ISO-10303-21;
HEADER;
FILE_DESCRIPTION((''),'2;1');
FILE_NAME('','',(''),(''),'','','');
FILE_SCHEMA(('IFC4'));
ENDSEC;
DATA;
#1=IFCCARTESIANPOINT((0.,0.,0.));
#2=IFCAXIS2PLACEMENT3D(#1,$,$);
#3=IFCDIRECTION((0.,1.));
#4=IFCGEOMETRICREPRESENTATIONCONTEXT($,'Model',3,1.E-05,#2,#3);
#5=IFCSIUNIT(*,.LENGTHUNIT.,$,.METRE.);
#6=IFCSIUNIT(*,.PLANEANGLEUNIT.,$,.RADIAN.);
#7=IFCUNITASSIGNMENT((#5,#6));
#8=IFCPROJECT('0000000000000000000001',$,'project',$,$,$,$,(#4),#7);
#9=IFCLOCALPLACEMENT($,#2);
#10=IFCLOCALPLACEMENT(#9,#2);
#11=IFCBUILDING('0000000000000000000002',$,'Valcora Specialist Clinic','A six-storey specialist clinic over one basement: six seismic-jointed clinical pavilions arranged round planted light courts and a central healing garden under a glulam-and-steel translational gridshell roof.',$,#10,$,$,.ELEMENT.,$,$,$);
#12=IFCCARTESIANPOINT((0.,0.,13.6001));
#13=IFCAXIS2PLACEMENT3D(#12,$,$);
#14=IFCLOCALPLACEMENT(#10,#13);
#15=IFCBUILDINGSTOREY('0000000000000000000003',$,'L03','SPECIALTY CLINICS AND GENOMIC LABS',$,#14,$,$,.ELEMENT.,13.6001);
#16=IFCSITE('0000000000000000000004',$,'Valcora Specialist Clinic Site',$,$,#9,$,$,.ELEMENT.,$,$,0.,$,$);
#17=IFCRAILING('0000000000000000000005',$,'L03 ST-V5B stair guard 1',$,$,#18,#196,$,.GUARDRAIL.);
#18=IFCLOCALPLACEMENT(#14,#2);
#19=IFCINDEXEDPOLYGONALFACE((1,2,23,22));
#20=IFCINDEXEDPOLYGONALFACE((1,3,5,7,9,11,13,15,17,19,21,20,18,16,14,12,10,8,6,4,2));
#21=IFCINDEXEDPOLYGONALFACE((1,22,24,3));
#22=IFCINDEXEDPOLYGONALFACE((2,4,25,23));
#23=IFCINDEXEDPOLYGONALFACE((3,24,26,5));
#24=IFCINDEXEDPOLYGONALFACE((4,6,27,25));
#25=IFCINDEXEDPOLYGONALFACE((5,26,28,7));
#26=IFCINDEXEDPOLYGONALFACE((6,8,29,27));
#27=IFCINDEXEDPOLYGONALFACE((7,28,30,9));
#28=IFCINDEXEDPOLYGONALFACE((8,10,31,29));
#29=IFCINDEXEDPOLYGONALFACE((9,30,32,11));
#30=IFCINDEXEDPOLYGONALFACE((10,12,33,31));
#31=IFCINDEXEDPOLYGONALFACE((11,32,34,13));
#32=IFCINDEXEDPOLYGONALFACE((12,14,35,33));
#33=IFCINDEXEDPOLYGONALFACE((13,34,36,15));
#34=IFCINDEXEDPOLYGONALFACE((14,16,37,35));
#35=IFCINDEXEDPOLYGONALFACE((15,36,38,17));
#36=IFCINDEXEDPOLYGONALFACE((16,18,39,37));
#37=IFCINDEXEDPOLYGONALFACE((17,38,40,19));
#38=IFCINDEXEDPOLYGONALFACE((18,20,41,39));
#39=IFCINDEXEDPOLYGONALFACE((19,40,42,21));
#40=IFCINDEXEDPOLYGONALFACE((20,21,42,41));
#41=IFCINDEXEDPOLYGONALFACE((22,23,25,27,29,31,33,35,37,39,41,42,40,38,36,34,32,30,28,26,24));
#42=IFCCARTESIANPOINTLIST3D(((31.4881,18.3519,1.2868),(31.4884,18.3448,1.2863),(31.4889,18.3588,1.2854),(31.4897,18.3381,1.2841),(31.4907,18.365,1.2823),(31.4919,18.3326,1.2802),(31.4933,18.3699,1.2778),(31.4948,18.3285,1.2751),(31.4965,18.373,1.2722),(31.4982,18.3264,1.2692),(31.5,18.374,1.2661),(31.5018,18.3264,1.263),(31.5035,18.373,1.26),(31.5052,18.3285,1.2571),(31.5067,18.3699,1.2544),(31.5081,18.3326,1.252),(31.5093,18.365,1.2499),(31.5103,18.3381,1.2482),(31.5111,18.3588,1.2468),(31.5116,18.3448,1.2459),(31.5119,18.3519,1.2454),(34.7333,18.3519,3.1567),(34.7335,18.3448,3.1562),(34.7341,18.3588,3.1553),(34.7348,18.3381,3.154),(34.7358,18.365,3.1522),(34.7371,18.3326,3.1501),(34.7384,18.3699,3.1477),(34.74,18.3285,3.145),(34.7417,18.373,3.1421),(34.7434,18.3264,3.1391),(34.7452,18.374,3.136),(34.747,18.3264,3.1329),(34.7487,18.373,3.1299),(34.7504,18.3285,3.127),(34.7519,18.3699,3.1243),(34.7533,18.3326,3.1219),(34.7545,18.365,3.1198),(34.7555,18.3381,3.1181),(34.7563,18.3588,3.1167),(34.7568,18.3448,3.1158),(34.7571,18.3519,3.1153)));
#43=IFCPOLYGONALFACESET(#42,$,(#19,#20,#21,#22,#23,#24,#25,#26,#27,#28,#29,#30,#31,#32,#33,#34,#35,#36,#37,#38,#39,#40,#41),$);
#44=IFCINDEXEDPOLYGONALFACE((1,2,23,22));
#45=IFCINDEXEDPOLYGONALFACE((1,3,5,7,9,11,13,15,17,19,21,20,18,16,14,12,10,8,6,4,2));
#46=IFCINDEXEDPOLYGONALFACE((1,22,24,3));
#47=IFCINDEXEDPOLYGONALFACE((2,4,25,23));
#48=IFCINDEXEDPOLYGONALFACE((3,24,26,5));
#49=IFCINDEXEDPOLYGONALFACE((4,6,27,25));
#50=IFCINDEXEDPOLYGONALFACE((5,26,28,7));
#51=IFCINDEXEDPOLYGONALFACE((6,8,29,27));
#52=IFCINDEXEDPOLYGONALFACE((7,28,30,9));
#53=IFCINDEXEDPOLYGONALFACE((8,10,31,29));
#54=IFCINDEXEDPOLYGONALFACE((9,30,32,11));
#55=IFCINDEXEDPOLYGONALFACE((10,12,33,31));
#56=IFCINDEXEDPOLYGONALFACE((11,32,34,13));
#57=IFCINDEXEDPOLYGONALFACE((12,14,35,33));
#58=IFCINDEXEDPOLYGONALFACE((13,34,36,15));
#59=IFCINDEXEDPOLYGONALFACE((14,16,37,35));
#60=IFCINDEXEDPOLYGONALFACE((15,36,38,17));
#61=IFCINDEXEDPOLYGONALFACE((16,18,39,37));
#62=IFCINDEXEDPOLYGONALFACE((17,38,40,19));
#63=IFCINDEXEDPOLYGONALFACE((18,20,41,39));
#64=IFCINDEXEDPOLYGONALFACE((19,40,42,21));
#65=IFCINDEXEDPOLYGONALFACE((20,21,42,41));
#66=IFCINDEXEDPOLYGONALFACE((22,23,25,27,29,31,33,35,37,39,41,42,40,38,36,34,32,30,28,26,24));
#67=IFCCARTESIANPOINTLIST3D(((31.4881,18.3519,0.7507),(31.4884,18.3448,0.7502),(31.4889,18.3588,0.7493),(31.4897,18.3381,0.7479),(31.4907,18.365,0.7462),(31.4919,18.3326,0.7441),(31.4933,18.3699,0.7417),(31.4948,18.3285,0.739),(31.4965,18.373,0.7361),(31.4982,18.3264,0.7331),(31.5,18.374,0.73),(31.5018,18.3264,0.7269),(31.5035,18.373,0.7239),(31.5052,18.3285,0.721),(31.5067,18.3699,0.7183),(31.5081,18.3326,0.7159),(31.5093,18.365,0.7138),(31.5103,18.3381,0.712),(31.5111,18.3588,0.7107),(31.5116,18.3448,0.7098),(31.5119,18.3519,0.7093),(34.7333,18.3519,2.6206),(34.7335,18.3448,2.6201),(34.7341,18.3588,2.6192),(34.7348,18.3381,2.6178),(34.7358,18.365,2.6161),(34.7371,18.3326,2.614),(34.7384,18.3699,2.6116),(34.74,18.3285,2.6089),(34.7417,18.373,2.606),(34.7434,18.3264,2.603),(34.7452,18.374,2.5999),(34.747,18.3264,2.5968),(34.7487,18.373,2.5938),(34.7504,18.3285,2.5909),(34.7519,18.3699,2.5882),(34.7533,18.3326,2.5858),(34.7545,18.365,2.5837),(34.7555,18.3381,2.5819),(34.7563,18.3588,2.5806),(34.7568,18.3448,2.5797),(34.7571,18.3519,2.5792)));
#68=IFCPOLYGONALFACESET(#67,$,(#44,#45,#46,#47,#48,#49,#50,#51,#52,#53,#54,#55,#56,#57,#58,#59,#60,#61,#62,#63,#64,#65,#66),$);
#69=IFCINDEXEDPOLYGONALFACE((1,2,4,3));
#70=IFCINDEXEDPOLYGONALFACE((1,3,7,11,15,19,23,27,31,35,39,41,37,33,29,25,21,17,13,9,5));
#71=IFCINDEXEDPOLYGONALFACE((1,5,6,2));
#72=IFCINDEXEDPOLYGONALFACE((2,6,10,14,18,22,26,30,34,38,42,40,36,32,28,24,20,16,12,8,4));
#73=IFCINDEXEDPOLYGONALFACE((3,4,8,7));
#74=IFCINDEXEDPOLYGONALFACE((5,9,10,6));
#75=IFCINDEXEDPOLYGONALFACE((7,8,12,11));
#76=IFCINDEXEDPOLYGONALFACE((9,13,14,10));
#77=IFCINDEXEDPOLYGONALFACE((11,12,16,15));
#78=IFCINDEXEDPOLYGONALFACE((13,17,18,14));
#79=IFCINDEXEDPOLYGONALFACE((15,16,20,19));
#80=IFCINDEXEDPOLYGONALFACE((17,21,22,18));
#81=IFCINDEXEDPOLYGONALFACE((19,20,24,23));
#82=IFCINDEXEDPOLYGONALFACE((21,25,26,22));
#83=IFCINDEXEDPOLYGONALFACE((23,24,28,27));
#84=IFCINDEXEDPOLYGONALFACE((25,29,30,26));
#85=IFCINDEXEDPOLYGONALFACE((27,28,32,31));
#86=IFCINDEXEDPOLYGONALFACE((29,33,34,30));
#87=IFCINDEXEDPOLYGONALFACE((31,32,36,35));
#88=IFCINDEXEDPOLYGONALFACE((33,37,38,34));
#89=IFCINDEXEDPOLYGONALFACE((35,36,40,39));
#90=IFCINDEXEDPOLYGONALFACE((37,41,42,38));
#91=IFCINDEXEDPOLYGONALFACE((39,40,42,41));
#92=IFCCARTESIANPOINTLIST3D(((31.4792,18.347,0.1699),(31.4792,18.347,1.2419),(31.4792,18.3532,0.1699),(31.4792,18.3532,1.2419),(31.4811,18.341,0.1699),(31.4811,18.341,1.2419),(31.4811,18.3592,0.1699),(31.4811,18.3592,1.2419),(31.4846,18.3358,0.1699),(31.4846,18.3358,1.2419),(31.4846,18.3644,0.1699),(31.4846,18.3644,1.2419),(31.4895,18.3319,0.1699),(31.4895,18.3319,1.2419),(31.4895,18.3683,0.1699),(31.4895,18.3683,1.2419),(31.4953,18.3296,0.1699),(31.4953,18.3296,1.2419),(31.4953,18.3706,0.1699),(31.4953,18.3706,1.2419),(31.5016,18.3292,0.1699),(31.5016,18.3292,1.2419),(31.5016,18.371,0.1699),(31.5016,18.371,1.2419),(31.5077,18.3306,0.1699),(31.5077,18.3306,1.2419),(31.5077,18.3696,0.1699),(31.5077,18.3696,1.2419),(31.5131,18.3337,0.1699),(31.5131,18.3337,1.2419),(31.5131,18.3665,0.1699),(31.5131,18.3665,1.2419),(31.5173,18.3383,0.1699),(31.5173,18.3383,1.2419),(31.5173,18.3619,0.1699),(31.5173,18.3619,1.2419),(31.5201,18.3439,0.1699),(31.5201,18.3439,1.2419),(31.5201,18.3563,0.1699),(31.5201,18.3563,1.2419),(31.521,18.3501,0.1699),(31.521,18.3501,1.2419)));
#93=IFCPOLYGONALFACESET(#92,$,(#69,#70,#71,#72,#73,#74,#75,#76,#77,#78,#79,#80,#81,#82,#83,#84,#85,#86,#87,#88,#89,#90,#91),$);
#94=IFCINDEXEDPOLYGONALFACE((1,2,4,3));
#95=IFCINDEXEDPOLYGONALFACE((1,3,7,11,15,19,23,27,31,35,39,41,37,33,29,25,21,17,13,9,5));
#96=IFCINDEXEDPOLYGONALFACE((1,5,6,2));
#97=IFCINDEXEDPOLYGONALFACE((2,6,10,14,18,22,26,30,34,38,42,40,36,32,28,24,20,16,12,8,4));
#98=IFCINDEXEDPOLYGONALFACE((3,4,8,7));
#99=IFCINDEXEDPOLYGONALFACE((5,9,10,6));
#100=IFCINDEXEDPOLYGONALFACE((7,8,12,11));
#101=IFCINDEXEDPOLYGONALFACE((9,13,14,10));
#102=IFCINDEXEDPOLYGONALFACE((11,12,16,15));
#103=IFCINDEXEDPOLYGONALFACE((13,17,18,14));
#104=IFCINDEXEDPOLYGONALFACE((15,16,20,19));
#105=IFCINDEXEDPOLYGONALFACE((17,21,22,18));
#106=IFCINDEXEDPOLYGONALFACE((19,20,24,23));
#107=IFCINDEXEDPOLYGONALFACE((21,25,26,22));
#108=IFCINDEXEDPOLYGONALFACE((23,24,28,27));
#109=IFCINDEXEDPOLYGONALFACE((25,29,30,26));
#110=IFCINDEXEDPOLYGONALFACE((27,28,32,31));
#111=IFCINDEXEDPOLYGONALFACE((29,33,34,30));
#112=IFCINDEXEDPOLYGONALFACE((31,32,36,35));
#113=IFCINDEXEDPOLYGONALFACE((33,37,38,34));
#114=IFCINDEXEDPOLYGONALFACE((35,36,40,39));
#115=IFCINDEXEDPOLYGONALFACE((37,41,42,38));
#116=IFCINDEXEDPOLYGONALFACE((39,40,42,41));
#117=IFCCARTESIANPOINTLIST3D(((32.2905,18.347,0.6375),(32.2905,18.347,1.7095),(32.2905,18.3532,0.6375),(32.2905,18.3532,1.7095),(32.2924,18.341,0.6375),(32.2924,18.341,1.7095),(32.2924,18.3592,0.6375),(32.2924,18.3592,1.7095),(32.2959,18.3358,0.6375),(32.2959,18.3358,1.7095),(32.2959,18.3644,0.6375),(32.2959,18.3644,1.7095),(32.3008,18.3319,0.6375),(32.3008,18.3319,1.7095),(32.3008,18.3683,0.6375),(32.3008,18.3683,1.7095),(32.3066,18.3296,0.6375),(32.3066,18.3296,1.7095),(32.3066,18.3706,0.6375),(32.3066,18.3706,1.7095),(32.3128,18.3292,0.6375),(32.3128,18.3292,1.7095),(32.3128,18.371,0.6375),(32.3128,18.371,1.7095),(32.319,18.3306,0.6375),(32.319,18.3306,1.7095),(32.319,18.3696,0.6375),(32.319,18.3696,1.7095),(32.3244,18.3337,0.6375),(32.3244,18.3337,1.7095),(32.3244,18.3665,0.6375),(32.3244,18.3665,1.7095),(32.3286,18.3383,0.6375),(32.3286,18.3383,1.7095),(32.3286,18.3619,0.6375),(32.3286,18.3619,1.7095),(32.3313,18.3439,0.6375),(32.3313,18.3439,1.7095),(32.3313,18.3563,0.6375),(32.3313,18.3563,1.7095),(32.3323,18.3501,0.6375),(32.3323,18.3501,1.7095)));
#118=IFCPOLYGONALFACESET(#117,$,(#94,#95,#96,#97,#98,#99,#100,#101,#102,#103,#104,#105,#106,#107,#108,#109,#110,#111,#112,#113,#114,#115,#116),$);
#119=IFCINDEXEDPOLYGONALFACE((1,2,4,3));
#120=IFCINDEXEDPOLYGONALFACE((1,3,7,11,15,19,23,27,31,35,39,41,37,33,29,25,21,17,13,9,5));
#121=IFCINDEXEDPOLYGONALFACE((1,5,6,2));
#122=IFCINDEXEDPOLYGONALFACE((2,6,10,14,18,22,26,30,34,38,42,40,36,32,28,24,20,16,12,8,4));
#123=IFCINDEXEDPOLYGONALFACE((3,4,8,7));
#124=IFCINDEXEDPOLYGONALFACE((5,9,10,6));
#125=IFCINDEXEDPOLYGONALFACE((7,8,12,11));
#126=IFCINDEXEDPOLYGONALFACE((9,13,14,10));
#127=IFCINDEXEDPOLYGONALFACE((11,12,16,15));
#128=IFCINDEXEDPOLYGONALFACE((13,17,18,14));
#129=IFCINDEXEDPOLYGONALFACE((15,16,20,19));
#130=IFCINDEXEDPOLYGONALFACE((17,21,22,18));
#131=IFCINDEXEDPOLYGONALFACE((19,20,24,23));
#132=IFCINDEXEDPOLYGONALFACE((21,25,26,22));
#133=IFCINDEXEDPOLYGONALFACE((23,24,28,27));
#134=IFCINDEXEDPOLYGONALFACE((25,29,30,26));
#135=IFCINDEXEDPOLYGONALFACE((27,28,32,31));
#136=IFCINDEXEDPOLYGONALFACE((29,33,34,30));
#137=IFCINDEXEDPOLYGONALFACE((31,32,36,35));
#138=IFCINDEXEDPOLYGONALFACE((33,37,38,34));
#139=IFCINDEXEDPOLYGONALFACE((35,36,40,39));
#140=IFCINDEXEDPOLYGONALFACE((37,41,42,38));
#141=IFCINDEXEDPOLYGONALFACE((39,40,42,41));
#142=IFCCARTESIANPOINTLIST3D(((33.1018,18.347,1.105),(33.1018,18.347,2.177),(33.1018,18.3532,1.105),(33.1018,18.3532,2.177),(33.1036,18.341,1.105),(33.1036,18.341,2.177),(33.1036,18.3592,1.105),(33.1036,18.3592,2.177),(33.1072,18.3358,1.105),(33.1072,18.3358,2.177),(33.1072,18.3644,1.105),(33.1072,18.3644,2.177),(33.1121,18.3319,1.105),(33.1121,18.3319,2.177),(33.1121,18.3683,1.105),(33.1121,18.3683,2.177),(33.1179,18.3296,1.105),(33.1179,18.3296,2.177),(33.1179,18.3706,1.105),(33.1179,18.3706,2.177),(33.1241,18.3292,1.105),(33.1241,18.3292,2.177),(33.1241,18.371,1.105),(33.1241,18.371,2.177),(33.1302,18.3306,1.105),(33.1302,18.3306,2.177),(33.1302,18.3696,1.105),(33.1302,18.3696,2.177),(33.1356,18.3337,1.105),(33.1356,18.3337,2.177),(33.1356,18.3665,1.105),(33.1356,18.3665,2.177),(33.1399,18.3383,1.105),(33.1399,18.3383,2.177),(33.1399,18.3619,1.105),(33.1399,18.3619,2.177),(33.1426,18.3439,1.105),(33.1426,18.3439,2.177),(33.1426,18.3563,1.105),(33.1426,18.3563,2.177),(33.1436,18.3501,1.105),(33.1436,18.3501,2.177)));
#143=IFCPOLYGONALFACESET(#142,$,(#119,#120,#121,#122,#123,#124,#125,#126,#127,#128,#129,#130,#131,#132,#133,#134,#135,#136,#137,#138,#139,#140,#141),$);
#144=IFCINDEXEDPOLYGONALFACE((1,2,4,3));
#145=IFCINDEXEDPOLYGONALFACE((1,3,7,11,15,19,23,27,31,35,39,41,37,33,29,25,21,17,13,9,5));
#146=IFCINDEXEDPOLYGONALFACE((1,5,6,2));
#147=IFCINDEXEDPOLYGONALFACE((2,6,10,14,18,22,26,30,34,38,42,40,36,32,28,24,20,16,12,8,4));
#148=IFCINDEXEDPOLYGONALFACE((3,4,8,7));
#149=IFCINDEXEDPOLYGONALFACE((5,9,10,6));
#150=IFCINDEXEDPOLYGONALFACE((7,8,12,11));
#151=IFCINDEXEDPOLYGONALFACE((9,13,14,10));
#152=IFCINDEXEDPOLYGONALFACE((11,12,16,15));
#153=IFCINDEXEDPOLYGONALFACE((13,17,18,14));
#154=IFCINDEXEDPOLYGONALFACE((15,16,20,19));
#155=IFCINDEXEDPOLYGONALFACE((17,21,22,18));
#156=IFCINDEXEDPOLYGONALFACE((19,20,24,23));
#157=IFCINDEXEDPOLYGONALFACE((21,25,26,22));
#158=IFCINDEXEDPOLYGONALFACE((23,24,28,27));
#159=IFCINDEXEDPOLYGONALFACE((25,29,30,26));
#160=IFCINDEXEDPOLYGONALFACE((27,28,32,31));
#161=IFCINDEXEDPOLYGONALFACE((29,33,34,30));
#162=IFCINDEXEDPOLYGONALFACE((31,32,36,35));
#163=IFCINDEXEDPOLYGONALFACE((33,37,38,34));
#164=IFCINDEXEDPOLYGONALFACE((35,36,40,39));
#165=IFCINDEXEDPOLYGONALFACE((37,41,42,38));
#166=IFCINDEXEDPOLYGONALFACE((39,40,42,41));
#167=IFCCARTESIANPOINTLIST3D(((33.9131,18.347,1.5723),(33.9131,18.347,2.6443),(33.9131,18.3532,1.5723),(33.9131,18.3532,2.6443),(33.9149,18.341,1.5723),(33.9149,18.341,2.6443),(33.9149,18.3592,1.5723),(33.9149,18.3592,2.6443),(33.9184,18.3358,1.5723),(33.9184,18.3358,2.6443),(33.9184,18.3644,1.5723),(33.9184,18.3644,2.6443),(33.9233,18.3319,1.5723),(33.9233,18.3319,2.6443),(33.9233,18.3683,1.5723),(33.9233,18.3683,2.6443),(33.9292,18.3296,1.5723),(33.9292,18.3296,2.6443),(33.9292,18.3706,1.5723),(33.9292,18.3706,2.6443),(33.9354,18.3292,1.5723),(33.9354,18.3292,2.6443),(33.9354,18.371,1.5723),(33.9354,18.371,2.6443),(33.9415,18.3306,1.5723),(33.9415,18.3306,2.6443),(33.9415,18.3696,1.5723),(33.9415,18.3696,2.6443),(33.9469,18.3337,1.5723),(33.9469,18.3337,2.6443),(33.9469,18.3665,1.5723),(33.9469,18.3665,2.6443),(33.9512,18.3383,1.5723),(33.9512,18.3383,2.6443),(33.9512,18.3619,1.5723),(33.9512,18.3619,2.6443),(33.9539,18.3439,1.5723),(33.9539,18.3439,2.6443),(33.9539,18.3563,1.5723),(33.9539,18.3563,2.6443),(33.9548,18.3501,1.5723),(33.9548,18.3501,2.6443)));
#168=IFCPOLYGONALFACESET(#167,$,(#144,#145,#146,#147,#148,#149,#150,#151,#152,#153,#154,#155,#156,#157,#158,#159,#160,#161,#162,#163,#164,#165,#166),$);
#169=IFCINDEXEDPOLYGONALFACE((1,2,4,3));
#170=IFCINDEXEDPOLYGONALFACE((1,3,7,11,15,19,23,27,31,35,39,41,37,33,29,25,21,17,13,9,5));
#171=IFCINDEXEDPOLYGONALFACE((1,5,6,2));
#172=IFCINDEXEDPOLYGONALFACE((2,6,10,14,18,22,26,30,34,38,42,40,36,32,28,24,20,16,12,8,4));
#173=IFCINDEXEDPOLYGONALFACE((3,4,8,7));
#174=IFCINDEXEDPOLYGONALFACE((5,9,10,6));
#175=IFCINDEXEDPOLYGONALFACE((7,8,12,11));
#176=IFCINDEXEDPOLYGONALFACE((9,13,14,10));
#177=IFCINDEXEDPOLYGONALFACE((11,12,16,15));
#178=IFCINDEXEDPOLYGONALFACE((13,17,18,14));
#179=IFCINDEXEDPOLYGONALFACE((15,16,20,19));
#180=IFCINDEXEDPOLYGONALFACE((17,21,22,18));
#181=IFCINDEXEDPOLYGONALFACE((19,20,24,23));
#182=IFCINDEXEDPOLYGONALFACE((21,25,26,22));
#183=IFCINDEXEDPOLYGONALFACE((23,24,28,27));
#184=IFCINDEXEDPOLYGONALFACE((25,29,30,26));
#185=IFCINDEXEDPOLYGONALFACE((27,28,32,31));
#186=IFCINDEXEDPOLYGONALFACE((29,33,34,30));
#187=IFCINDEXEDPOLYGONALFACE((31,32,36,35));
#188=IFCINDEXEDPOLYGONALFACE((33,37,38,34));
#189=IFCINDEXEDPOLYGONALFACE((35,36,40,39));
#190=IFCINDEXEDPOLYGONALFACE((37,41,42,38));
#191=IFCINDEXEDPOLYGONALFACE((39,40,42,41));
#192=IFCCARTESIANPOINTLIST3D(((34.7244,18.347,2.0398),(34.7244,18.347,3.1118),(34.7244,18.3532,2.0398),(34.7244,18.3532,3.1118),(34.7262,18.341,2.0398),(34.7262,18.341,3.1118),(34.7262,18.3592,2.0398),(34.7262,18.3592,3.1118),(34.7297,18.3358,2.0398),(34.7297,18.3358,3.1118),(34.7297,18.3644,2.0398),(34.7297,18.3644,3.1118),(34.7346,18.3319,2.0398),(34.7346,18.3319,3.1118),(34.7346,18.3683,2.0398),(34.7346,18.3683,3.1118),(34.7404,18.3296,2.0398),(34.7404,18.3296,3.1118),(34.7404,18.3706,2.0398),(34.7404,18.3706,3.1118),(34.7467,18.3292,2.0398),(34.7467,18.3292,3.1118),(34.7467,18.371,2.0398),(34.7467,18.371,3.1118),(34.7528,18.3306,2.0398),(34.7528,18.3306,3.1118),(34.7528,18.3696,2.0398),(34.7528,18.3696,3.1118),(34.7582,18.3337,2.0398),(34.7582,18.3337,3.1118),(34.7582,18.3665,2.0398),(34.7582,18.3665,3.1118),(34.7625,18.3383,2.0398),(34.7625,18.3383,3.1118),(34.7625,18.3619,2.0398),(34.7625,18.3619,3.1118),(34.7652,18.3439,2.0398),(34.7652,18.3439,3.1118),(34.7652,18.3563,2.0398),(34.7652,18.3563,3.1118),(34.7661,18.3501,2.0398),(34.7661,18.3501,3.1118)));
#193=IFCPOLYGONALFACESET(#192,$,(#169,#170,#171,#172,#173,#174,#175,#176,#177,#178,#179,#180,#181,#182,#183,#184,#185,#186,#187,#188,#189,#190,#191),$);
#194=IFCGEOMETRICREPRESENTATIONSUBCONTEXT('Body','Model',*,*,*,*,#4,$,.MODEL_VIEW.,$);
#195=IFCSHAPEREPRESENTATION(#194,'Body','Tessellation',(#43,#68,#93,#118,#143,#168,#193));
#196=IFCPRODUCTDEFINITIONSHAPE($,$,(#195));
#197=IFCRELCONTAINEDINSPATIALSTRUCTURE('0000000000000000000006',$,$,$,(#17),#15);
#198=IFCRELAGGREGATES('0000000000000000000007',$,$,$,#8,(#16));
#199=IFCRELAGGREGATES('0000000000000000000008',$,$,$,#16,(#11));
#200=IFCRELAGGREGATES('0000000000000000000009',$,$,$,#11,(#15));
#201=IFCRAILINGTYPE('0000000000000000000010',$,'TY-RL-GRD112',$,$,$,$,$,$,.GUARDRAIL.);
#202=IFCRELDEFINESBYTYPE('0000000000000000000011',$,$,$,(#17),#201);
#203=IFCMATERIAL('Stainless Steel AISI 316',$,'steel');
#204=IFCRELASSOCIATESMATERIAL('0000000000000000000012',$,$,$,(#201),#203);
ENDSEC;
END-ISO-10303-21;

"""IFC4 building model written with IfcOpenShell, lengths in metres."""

from ifc_helpers import new_model, si_unit, direction, frame, origin, origin_2d, place, context, subcontext, project, spatial, circle, extrude, material, type_object, element, save


model = new_model("IFC4")

# Units and contexts
model_context = context("Model", 3, precision=1e-05, world=origin(), true_north=direction((0.0, 1.0)))
body_context = subcontext(model_context, "Body", "Model", "MODEL_VIEW")
ifc_project = project(units=[si_unit("LENGTHUNIT", "METRE"), si_unit("PLANEANGLEUNIT", "RADIAN")], contexts=[model_context])

# Site, building, storey
site_placement = place(None, origin())
site = spatial("IfcSite", under=ifc_project, at=site_placement, Name="Valcora Specialist Clinic Site", CompositionType="ELEMENT", RefElevation=0.0)
building_placement = place(site_placement, origin())
building = spatial("IfcBuilding", under=site, at=building_placement, Name="Valcora Specialist Clinic", Description="A six-storey specialist clinic over one basement: six seismic-jointed clinical pavilions arranged round planted light courts and a central healing garden under a glulam-and-steel translational gridshell roof.", CompositionType="ELEMENT")
storey_placement = place(building_placement, frame((0.0, 0.0, 13.6001)))
storey = spatial("IfcBuildingStorey", under=building, at=storey_placement, Name="L03", Description="SPECIALTY CLINICS AND GENOMIC LABS", CompositionType="ELEMENT", Elevation=13.6001)

# Shared definitions
ifc_material_1 = material(Name="Stainless Steel AISI 316", Category="steel")

# Railing
railing_type_1 = type_object("IfcRailingType", Name="TY-RL-GRD112", PredefinedType="GUARDRAIL", material=ifc_material_1)
railing_1_placement = place(storey_placement, frame((31.5, 18.3501, 0.1699)))
element("IfcRailing", 1, at=railing_1_placement, inside=storey, type_object=railing_type_1, Name="L03 ST-V5B stair guard 1", PredefinedType="GUARDRAIL", context=body_context, shape_type="SweptSolid", body=[
    extrude(circle(Radius=0.0239, at=origin_2d()), frame((0.0, 0.0, 1.0962), z_axis=(0.866452, 0.0, 0.49926), x_axis=(0.0, 1.0, 0.0)), (0.0, 0.0, 1.0), 3.7454),
    extrude(circle(Radius=0.0239, at=origin_2d()), frame((0.0, 0.0, 0.5601), z_axis=(0.866452, 0.0, 0.49926), x_axis=(0.0, 1.0, 0.0)), (0.0, 0.0, 1.0), 3.7454),
    extrude(circle(Radius=0.021, at=origin_2d()), origin(), (0.0, 0.0, 1.0), 1.072),
    extrude(circle(Radius=0.021, at=origin_2d()), frame((0.8113, 0.0, 0.4675)), (0.0, 0.0, 1.0), 1.072),
    extrude(circle(Radius=0.021, at=origin_2d()), frame((1.6226, 0.0, 0.9351)), (0.0, 0.0, 1.0), 1.072),
    extrude(circle(Radius=0.021, at=origin_2d()), frame((2.4338, 0.0, 1.4023)), (0.0, 0.0, 1.0), 1.072),
    extrude(circle(Radius=0.021, at=origin_2d()), frame((3.2451, 0.0, 1.8699)), (0.0, 0.0, 1.0), 1.072),
])

save(model, "model.ifc")
